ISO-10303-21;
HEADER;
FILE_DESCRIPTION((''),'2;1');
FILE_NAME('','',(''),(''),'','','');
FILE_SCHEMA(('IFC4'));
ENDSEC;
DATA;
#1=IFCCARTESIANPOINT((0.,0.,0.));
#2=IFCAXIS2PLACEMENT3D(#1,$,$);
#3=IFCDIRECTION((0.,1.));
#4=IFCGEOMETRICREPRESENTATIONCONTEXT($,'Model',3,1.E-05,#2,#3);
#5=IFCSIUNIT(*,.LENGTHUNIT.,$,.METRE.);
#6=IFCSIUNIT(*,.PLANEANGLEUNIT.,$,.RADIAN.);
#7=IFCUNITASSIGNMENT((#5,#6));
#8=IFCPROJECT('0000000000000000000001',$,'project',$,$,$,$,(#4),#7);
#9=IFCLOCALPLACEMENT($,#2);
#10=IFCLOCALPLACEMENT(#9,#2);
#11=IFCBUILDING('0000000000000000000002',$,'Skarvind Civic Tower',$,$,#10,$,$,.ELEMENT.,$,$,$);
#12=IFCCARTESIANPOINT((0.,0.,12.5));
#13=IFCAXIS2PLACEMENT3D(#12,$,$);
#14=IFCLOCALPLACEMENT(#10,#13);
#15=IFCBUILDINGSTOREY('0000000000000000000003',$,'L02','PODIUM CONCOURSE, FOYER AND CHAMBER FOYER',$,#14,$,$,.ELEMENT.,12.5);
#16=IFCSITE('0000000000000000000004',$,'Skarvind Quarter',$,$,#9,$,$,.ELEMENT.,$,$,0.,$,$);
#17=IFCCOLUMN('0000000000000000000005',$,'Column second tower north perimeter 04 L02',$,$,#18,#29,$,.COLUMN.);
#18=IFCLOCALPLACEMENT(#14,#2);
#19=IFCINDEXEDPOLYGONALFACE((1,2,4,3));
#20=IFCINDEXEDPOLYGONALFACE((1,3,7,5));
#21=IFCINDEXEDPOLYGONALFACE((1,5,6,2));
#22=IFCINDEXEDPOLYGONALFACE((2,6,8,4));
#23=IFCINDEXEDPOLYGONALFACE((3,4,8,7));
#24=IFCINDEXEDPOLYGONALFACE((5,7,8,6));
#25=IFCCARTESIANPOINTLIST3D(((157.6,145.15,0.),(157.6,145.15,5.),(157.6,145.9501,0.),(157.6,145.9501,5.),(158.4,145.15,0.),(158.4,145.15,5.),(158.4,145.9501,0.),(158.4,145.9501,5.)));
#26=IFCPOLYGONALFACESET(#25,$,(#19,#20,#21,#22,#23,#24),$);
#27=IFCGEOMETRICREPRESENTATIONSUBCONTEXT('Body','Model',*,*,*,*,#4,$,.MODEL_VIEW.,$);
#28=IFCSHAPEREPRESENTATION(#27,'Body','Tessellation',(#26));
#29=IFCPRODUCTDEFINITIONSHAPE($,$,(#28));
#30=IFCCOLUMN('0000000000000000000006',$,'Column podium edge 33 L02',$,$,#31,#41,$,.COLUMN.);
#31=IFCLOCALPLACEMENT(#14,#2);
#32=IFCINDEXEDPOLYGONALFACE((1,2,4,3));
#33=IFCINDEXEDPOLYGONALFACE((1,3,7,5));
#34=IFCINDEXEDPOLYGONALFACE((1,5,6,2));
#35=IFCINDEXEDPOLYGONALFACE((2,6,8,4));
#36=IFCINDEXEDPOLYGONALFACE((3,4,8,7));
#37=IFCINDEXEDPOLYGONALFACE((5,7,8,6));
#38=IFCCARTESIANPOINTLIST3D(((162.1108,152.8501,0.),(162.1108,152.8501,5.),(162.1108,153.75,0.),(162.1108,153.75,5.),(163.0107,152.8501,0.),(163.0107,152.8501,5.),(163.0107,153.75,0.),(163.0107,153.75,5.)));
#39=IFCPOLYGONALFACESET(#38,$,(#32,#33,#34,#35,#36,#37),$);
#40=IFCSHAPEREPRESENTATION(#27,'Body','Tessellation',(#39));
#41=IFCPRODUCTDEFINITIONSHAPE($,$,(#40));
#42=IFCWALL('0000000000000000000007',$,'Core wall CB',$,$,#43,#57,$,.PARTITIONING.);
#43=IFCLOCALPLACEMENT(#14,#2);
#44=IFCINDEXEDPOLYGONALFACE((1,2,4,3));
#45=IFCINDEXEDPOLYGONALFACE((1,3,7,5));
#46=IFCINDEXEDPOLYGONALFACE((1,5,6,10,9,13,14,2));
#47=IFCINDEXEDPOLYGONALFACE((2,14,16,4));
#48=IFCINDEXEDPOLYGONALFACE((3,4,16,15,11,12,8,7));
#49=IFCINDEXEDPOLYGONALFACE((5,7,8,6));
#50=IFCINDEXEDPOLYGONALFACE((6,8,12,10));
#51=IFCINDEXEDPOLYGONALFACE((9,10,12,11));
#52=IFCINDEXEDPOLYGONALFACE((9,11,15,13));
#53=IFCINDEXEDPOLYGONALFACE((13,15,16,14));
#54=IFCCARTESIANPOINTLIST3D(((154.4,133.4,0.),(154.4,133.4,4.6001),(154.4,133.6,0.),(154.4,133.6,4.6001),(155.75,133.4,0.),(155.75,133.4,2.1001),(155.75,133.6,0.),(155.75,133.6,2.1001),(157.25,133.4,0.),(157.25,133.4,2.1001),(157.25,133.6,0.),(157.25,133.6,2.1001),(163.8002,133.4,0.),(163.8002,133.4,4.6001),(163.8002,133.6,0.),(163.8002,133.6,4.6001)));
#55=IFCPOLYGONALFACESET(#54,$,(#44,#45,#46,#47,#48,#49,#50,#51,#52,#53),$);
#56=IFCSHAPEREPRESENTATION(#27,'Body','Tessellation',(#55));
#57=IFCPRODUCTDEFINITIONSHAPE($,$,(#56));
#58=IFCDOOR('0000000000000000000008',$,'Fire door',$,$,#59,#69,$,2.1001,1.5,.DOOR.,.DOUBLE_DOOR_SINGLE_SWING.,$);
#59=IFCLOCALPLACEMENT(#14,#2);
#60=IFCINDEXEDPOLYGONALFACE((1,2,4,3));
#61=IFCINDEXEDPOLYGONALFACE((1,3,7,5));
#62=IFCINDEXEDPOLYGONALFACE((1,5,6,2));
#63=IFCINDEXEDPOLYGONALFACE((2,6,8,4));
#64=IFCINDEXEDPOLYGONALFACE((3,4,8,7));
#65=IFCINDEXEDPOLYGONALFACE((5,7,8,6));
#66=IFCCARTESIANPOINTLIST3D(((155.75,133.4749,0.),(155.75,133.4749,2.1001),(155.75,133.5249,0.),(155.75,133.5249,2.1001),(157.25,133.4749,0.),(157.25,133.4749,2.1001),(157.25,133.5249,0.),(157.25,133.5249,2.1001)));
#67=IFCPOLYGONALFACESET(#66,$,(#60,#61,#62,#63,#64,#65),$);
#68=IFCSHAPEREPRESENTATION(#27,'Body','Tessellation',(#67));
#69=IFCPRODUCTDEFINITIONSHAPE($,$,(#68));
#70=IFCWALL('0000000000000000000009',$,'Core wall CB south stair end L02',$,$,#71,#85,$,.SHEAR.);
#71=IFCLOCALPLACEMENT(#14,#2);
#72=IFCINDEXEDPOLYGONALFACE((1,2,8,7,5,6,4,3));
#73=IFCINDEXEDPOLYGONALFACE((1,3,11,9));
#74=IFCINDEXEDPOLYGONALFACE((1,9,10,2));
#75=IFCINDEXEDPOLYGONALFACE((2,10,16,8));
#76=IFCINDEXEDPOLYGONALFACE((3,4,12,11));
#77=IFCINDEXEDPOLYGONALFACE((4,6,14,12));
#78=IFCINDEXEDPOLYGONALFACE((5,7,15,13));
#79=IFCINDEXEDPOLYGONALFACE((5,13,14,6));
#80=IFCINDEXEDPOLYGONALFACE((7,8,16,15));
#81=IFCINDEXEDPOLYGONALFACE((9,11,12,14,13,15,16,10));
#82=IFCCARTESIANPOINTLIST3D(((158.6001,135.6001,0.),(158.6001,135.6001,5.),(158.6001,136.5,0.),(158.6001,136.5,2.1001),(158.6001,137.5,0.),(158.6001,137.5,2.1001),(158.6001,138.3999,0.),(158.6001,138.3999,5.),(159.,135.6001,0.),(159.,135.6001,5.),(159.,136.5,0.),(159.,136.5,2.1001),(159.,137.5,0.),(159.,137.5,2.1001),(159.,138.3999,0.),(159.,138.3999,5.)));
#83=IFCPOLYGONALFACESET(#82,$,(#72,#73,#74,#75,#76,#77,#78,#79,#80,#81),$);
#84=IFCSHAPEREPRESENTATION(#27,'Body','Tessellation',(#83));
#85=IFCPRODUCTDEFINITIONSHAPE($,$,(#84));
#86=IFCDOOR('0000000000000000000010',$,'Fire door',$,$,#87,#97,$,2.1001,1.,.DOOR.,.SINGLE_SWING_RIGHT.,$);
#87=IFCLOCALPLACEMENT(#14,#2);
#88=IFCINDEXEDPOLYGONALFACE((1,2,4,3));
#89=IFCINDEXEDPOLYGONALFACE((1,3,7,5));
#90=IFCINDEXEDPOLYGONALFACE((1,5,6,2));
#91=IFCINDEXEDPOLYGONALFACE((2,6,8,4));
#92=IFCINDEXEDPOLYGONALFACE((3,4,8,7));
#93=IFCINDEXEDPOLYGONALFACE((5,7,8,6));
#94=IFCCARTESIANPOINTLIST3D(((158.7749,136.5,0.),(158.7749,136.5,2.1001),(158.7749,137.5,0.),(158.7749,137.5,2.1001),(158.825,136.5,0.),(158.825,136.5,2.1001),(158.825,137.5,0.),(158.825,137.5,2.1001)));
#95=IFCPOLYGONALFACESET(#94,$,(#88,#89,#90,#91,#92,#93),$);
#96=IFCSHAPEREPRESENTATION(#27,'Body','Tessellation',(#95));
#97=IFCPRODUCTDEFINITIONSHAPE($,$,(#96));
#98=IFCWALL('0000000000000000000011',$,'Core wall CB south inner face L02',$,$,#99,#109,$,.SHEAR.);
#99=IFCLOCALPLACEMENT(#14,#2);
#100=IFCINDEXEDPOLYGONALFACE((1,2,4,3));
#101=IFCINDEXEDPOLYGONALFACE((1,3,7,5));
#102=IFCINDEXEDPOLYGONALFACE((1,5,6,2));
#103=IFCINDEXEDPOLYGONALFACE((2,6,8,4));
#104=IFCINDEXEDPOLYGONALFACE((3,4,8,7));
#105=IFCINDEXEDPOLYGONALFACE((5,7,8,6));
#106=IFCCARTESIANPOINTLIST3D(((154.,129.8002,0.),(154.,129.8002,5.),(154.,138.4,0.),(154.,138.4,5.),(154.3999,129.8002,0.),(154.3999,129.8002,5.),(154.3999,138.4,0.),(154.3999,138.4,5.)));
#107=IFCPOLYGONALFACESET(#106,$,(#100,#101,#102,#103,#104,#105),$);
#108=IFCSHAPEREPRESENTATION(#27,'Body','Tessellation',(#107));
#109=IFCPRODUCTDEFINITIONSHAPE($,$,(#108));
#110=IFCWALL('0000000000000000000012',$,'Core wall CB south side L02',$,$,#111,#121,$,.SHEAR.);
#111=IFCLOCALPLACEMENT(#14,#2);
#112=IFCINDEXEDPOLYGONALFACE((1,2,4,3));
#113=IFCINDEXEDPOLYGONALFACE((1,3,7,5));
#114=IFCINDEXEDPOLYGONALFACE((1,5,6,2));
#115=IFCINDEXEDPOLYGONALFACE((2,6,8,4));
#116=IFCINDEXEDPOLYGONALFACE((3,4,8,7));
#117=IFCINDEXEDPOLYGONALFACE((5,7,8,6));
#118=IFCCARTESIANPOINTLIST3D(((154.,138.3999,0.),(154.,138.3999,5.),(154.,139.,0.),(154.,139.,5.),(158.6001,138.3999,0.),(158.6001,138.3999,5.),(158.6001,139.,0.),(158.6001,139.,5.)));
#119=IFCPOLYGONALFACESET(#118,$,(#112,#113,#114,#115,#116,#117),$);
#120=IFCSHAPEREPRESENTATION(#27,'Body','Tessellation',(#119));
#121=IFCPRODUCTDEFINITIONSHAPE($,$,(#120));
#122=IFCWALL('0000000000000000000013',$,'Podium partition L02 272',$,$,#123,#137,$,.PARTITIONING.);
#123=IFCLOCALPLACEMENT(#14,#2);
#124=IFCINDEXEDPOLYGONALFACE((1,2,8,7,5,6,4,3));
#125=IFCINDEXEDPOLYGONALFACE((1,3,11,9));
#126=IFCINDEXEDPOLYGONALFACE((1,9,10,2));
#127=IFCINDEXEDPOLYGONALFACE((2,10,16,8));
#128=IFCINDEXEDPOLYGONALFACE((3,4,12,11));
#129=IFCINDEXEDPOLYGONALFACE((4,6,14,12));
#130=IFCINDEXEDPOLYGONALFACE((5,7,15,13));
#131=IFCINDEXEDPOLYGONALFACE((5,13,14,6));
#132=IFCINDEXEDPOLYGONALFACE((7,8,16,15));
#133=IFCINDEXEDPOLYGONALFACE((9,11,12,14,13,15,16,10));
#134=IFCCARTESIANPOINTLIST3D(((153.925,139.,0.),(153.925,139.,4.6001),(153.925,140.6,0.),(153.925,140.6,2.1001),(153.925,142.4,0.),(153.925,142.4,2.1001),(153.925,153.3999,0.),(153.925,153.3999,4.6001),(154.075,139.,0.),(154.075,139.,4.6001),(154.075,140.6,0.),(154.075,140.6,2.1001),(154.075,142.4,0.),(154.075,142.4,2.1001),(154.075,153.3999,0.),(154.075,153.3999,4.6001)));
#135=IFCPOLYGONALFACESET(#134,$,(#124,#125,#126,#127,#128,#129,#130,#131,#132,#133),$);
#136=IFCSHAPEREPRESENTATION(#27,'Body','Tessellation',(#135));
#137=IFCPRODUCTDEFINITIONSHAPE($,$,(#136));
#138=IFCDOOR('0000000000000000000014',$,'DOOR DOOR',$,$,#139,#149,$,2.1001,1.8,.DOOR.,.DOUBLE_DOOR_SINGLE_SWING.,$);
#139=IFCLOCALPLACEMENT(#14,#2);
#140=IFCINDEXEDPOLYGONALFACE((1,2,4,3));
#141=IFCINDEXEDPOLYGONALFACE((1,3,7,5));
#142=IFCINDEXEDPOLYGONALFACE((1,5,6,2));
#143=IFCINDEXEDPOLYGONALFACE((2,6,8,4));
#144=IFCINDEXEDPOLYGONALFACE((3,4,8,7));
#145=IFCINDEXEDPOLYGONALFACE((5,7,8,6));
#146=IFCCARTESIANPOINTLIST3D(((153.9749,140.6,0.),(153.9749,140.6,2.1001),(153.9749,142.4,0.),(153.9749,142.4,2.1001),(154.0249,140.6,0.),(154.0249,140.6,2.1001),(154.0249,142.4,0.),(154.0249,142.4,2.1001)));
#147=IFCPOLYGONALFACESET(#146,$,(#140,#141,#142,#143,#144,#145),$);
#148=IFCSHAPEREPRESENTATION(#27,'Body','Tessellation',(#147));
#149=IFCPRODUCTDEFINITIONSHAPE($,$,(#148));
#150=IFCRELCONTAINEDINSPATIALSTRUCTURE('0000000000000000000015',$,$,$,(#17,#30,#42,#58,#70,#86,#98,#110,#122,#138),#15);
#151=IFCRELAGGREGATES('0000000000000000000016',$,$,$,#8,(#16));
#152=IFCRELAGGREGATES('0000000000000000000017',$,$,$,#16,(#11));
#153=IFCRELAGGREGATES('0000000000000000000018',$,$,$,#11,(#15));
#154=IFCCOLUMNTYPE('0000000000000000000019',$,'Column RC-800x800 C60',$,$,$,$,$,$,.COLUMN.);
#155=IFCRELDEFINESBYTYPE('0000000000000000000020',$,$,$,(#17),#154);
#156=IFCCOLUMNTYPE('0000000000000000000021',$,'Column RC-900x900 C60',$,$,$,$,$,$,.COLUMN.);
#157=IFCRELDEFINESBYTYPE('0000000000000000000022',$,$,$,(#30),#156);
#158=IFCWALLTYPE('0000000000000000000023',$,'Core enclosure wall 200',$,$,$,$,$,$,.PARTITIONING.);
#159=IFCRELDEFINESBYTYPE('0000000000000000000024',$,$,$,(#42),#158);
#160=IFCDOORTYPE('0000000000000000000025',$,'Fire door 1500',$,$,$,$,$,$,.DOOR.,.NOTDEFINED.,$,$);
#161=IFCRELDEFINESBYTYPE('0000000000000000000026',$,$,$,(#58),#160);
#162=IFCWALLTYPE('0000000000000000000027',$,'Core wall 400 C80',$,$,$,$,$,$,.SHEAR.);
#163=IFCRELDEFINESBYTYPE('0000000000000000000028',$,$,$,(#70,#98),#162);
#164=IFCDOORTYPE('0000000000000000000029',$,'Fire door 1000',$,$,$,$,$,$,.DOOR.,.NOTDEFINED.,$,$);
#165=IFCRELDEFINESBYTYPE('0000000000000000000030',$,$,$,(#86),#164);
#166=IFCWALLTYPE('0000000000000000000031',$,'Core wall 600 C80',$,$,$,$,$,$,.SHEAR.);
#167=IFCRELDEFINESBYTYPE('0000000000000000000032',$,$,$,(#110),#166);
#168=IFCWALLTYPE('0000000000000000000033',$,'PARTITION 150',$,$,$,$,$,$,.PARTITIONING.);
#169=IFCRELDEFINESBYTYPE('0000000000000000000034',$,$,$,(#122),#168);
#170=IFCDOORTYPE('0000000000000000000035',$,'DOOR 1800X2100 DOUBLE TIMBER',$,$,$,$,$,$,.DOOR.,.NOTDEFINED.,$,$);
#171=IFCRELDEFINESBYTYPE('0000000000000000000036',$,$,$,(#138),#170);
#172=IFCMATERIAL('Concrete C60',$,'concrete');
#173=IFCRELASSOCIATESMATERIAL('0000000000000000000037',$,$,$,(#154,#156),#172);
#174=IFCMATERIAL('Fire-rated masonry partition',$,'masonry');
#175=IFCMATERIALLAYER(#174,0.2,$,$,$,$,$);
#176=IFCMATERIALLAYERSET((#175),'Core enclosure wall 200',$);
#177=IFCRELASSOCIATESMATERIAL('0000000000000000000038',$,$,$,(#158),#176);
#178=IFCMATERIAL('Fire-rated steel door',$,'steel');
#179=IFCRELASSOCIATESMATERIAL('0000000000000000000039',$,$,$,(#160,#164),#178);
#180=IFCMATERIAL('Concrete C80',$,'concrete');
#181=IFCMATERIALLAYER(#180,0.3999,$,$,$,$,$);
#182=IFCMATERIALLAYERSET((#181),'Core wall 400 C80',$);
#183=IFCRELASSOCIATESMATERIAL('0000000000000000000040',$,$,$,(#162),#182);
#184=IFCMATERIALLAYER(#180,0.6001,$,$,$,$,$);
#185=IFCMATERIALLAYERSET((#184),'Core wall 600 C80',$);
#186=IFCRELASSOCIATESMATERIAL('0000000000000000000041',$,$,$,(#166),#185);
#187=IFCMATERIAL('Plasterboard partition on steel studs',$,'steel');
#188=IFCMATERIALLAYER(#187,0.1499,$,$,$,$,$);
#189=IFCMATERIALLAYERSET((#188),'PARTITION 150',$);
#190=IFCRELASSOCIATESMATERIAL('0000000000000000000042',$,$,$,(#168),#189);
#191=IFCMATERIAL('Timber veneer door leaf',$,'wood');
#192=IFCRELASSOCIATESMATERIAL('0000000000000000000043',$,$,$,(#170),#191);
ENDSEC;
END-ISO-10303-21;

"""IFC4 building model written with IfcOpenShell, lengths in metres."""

from ifc_helpers import new_model, si_unit, direction, frame, frame_2d, origin, origin_2d, place, context, subcontext, project, spatial, rectangle, extrude, material, layer, layer_set, material_profile, profile_set, type_object, element, fill, save


model = new_model("IFC4")

# Units and contexts
model_context = context("Model", 3, precision=1e-05, world=origin(), true_north=direction((0.0, 1.0)))
body_context = subcontext(model_context, "Body", "Model", "MODEL_VIEW")
ifc_project = project(units=[si_unit("LENGTHUNIT", "METRE"), si_unit("PLANEANGLEUNIT", "RADIAN")], contexts=[model_context])

# Site, building, storey
site_placement = place(None, origin())
site = spatial("IfcSite", under=ifc_project, at=site_placement, Name="Skarvind Quarter", CompositionType="ELEMENT", RefElevation=0.0)
building_placement = place(site_placement, origin())
building = spatial("IfcBuilding", under=site, at=building_placement, Name="Skarvind Civic Tower", CompositionType="ELEMENT")
storey_placement = place(building_placement, frame((0.0, 0.0, 12.5)))
storey = spatial("IfcBuildingStorey", under=building, at=storey_placement, Name="L02", Description="PODIUM CONCOURSE, FOYER AND CHAMBER FOYER", CompositionType="ELEMENT", Elevation=12.5)

# Columns
ifc_material_1 = material(Name="Concrete C60", Category="concrete")
ifc_material_profile_1 = material_profile(ifc_material_1, rectangle(XDim=0.8, YDim=0.8, at=origin_2d()), Name="RC-800x800")
ifc_profile_set_1 = profile_set([ifc_material_profile_1], Name="Concrete C60")
column_type_1 = type_object("IfcColumnType", Name="Column RC-800x800 C60", PredefinedType="COLUMN", material=ifc_profile_set_1)
column_1_placement = place(storey_placement, frame((158.0, 145.55, 0.0), z_axis=(0.0, 0.0, 1.0), x_axis=(1.0, 0.0, 0.0)))
element("IfcColumn", 1, at=column_1_placement, inside=storey, type_object=column_type_1, Name="Column second tower north perimeter 04 L02", PredefinedType="COLUMN", context=body_context, shape_type="SweptSolid", body=[
    extrude(rectangle(XDim=0.8, YDim=0.8, at=origin_2d()), origin(), (0.0, 0.0, 1.0), 5.0),
])
ifc_material_profile_2 = material_profile(ifc_material_1, rectangle(XDim=0.8999, YDim=0.8999, at=origin_2d()), Name="RC-900x900")
ifc_profile_set_2 = profile_set([ifc_material_profile_2], Name="Concrete C60")
column_type_2 = type_object("IfcColumnType", Name="Column RC-900x900 C60", PredefinedType="COLUMN", material=ifc_profile_set_2)
column_2_placement = place(storey_placement, frame((162.5608, 153.3, 0.0), z_axis=(0.0, 0.0, 1.0), x_axis=(1.0, 0.0, 0.0)))
element("IfcColumn", 2, at=column_2_placement, inside=storey, type_object=column_type_2, Name="Column podium edge 33 L02", PredefinedType="COLUMN", context=body_context, shape_type="SweptSolid", body=[
    extrude(rectangle(XDim=0.8999, YDim=0.8999, at=origin_2d()), origin(), (0.0, 0.0, 1.0), 5.0),
])

# Walls, openings, doors
ifc_material_2 = material(Name="Fire-rated masonry partition", Category="masonry")
ifc_layer_1 = layer(ifc_material_2, 0.2)
ifc_layer_set_1 = layer_set([ifc_layer_1], Name="Core enclosure wall 200")
wall_type_1 = type_object("IfcWallType", Name="Core enclosure wall 200", PredefinedType="PARTITIONING", material=ifc_layer_set_1)
wall_1_placement = place(storey_placement, frame((154.3999, 133.5, 0.0), z_axis=(0.0, 0.0, 1.0), x_axis=(1.0, 0.0, 0.0)))
wall_1 = element("IfcWall", 3, at=wall_1_placement, inside=storey, type_object=wall_type_1, Name="Core wall CB", PredefinedType="PARTITIONING", context=body_context, shape_type="SweptSolid", body=[
    extrude(rectangle(XDim=9.4001, YDim=0.2, at=frame_2d((4.7002, 0.0))), origin(), (0.0, 0.0, 1.0), 4.6001),
])
opening_1_placement = place(wall_1_placement, frame((1.3501, 0.0, 0.0)))
opening_1 = element("IfcOpeningElement", 4, at=opening_1_placement, cuts=wall_1, PredefinedType="OPENING", context=body_context, shape_type="SweptSolid", body=[
    extrude(rectangle(XDim=1.5, YDim=2.1001, at=frame_2d((0.75, 1.05))), frame((0.0, 0.1099, 0.0), z_axis=(0.0, -1.0, 0.0), x_axis=(1.0, 0.0, 0.0)), (0.0, 0.0, 1.0), 0.22),
])
ifc_material_3 = material(Name="Fire-rated steel door", Category="steel")
door_type_1 = type_object("IfcDoorType", Name="Fire door 1500", OperationType="NOTDEFINED", PredefinedType="DOOR", material=ifc_material_3)
door_1_placement = place(opening_1_placement, origin())
door_1 = element("IfcDoor", 5, at=door_1_placement, inside=storey, type_object=door_type_1, Name="Fire door", OperationType="DOUBLE_DOOR_SINGLE_SWING", OverallHeight=2.1001, OverallWidth=1.5, PredefinedType="DOOR", context=body_context, shape_type="SweptSolid", body=[
    extrude(rectangle(XDim=1.5, YDim=2.1001, at=frame_2d((0.75, 1.05))), frame((0.0, 0.0249, 0.0), z_axis=(0.0, -1.0, 0.0), x_axis=(1.0, 0.0, 0.0)), (0.0, 0.0, 1.0), 0.05),
])
fill(opening_1, door_1)
ifc_material_4 = material(Name="Concrete C80", Category="concrete")
ifc_layer_2 = layer(ifc_material_4, 0.3999)
ifc_layer_set_2 = layer_set([ifc_layer_2], Name="Core wall 400 C80")
wall_type_2 = type_object("IfcWallType", Name="Core wall 400 C80", PredefinedType="SHEAR", material=ifc_layer_set_2)
wall_2_placement = place(storey_placement, frame((158.8, 138.3999, 0.0), z_axis=(0.0, 0.0, 1.0), x_axis=(0.0, -1.0, 0.0)))
wall_2 = element("IfcWall", 6, at=wall_2_placement, inside=storey, type_object=wall_type_2, Name="Core wall CB south stair end L02", PredefinedType="SHEAR", context=body_context, shape_type="SweptSolid", body=[
    extrude(rectangle(XDim=2.7998, YDim=0.3999, at=frame_2d((1.3999, 0.0))), origin(), (0.0, 0.0, 1.0), 5.0),
])
opening_2_placement = place(wall_2_placement, frame((0.8999, 0.0, 0.0)))
opening_2 = element("IfcOpeningElement", 7, at=opening_2_placement, cuts=wall_2, PredefinedType="OPENING", context=body_context, shape_type="SweptSolid", body=[
    extrude(rectangle(XDim=1.0, YDim=2.1001, at=frame_2d((0.5, 1.05))), frame((0.0, 0.21, 0.0), z_axis=(0.0, -1.0, 0.0), x_axis=(1.0, 0.0, 0.0)), (0.0, 0.0, 1.0), 0.4199),
])
door_type_2 = type_object("IfcDoorType", Name="Fire door 1000", OperationType="NOTDEFINED", PredefinedType="DOOR", material=ifc_material_3)
door_2_placement = place(opening_2_placement, origin())
door_2 = element("IfcDoor", 8, at=door_2_placement, inside=storey, type_object=door_type_2, Name="Fire door", OperationType="SINGLE_SWING_RIGHT", OverallHeight=2.1001, OverallWidth=1.0, PredefinedType="DOOR", context=body_context, shape_type="SweptSolid", body=[
    extrude(rectangle(XDim=1.0, YDim=2.1001, at=frame_2d((0.5, 1.05))), frame((0.0, 0.0249, 0.0), z_axis=(0.0, -1.0, 0.0), x_axis=(1.0, 0.0, 0.0)), (0.0, 0.0, 1.0), 0.05),
])
fill(opening_2, door_2)

# Walls
wall_3_placement = place(storey_placement, frame((154.2, 138.3999, 0.0), z_axis=(0.0, 0.0, 1.0), x_axis=(0.0, -1.0, 0.0)))
element("IfcWall", 9, at=wall_3_placement, inside=storey, type_object=wall_type_2, Name="Core wall CB south inner face L02", PredefinedType="SHEAR", context=body_context, shape_type="SweptSolid", body=[
    extrude(rectangle(XDim=8.5999, YDim=0.3999, at=frame_2d((4.2998, 0.0))), origin(), (0.0, 0.0, 1.0), 5.0),
])
ifc_layer_3 = layer(ifc_material_4, 0.6001)
ifc_layer_set_3 = layer_set([ifc_layer_3], Name="Core wall 600 C80")
wall_type_3 = type_object("IfcWallType", Name="Core wall 600 C80", PredefinedType="SHEAR", material=ifc_layer_set_3)
wall_4_placement = place(storey_placement, frame((158.6001, 138.7, 0.0), z_axis=(0.0, 0.0, 1.0), x_axis=(-1.0, 0.0, 0.0)))
element("IfcWall", 10, at=wall_4_placement, inside=storey, type_object=wall_type_3, Name="Core wall CB south side L02", PredefinedType="SHEAR", context=body_context, shape_type="SweptSolid", body=[
    extrude(rectangle(XDim=4.6001, YDim=0.6001, at=frame_2d((2.3, 0.0))), origin(), (0.0, 0.0, 1.0), 5.0),
])

# Wall, opening, door
ifc_material_5 = material(Name="Plasterboard partition on steel studs", Category="steel")
ifc_layer_4 = layer(ifc_material_5, 0.1499)
ifc_layer_set_4 = layer_set([ifc_layer_4], Name="PARTITION 150")
wall_type_4 = type_object("IfcWallType", Name="PARTITION 150", PredefinedType="PARTITIONING", material=ifc_layer_set_4)
wall_5_placement = place(storey_placement, frame((154.0, 153.3999, 0.0), z_axis=(0.0, 0.0, 1.0), x_axis=(0.0, -1.0, 0.0)))
wall_5 = element("IfcWall", 11, at=wall_5_placement, inside=storey, type_object=wall_type_4, Name="Podium partition L02 272", PredefinedType="PARTITIONING", context=body_context, shape_type="SweptSolid", body=[
    extrude(rectangle(XDim=14.3999, YDim=0.1499, at=frame_2d((7.2, 0.0))), origin(), (0.0, 0.0, 1.0), 4.6001),
])
opening_3_placement = place(wall_5_placement, frame((11.0, 0.0, 0.0)))
opening_3 = element("IfcOpeningElement", 12, at=opening_3_placement, cuts=wall_5, PredefinedType="OPENING", context=body_context, shape_type="SweptSolid", body=[
    extrude(rectangle(XDim=1.8, YDim=2.1001, at=frame_2d((0.8999, 1.05))), frame((0.0, 0.085, 0.0), z_axis=(0.0, -1.0, 0.0), x_axis=(1.0, 0.0, 0.0)), (0.0, 0.0, 1.0), 0.1699),
])
ifc_material_6 = material(Name="Timber veneer door leaf", Category="wood")
door_type_3 = type_object("IfcDoorType", Name="DOOR 1800X2100 DOUBLE TIMBER", OperationType="NOTDEFINED", PredefinedType="DOOR", material=ifc_material_6)
door_3_placement = place(opening_3_placement, origin())
door_3 = element("IfcDoor", 13, at=door_3_placement, inside=storey, type_object=door_type_3, Name="DOOR DOOR", OperationType="DOUBLE_DOOR_SINGLE_SWING", OverallHeight=2.1001, OverallWidth=1.8, PredefinedType="DOOR", context=body_context, shape_type="SweptSolid", body=[
    extrude(rectangle(XDim=1.8, YDim=2.1001, at=frame_2d((0.8999, 1.05))), frame((0.0, 0.0249, 0.0), z_axis=(0.0, -1.0, 0.0), x_axis=(1.0, 0.0, 0.0)), (0.0, 0.0, 1.0), 0.05),
])
fill(opening_3, door_3)

save(model, "model.ifc")
